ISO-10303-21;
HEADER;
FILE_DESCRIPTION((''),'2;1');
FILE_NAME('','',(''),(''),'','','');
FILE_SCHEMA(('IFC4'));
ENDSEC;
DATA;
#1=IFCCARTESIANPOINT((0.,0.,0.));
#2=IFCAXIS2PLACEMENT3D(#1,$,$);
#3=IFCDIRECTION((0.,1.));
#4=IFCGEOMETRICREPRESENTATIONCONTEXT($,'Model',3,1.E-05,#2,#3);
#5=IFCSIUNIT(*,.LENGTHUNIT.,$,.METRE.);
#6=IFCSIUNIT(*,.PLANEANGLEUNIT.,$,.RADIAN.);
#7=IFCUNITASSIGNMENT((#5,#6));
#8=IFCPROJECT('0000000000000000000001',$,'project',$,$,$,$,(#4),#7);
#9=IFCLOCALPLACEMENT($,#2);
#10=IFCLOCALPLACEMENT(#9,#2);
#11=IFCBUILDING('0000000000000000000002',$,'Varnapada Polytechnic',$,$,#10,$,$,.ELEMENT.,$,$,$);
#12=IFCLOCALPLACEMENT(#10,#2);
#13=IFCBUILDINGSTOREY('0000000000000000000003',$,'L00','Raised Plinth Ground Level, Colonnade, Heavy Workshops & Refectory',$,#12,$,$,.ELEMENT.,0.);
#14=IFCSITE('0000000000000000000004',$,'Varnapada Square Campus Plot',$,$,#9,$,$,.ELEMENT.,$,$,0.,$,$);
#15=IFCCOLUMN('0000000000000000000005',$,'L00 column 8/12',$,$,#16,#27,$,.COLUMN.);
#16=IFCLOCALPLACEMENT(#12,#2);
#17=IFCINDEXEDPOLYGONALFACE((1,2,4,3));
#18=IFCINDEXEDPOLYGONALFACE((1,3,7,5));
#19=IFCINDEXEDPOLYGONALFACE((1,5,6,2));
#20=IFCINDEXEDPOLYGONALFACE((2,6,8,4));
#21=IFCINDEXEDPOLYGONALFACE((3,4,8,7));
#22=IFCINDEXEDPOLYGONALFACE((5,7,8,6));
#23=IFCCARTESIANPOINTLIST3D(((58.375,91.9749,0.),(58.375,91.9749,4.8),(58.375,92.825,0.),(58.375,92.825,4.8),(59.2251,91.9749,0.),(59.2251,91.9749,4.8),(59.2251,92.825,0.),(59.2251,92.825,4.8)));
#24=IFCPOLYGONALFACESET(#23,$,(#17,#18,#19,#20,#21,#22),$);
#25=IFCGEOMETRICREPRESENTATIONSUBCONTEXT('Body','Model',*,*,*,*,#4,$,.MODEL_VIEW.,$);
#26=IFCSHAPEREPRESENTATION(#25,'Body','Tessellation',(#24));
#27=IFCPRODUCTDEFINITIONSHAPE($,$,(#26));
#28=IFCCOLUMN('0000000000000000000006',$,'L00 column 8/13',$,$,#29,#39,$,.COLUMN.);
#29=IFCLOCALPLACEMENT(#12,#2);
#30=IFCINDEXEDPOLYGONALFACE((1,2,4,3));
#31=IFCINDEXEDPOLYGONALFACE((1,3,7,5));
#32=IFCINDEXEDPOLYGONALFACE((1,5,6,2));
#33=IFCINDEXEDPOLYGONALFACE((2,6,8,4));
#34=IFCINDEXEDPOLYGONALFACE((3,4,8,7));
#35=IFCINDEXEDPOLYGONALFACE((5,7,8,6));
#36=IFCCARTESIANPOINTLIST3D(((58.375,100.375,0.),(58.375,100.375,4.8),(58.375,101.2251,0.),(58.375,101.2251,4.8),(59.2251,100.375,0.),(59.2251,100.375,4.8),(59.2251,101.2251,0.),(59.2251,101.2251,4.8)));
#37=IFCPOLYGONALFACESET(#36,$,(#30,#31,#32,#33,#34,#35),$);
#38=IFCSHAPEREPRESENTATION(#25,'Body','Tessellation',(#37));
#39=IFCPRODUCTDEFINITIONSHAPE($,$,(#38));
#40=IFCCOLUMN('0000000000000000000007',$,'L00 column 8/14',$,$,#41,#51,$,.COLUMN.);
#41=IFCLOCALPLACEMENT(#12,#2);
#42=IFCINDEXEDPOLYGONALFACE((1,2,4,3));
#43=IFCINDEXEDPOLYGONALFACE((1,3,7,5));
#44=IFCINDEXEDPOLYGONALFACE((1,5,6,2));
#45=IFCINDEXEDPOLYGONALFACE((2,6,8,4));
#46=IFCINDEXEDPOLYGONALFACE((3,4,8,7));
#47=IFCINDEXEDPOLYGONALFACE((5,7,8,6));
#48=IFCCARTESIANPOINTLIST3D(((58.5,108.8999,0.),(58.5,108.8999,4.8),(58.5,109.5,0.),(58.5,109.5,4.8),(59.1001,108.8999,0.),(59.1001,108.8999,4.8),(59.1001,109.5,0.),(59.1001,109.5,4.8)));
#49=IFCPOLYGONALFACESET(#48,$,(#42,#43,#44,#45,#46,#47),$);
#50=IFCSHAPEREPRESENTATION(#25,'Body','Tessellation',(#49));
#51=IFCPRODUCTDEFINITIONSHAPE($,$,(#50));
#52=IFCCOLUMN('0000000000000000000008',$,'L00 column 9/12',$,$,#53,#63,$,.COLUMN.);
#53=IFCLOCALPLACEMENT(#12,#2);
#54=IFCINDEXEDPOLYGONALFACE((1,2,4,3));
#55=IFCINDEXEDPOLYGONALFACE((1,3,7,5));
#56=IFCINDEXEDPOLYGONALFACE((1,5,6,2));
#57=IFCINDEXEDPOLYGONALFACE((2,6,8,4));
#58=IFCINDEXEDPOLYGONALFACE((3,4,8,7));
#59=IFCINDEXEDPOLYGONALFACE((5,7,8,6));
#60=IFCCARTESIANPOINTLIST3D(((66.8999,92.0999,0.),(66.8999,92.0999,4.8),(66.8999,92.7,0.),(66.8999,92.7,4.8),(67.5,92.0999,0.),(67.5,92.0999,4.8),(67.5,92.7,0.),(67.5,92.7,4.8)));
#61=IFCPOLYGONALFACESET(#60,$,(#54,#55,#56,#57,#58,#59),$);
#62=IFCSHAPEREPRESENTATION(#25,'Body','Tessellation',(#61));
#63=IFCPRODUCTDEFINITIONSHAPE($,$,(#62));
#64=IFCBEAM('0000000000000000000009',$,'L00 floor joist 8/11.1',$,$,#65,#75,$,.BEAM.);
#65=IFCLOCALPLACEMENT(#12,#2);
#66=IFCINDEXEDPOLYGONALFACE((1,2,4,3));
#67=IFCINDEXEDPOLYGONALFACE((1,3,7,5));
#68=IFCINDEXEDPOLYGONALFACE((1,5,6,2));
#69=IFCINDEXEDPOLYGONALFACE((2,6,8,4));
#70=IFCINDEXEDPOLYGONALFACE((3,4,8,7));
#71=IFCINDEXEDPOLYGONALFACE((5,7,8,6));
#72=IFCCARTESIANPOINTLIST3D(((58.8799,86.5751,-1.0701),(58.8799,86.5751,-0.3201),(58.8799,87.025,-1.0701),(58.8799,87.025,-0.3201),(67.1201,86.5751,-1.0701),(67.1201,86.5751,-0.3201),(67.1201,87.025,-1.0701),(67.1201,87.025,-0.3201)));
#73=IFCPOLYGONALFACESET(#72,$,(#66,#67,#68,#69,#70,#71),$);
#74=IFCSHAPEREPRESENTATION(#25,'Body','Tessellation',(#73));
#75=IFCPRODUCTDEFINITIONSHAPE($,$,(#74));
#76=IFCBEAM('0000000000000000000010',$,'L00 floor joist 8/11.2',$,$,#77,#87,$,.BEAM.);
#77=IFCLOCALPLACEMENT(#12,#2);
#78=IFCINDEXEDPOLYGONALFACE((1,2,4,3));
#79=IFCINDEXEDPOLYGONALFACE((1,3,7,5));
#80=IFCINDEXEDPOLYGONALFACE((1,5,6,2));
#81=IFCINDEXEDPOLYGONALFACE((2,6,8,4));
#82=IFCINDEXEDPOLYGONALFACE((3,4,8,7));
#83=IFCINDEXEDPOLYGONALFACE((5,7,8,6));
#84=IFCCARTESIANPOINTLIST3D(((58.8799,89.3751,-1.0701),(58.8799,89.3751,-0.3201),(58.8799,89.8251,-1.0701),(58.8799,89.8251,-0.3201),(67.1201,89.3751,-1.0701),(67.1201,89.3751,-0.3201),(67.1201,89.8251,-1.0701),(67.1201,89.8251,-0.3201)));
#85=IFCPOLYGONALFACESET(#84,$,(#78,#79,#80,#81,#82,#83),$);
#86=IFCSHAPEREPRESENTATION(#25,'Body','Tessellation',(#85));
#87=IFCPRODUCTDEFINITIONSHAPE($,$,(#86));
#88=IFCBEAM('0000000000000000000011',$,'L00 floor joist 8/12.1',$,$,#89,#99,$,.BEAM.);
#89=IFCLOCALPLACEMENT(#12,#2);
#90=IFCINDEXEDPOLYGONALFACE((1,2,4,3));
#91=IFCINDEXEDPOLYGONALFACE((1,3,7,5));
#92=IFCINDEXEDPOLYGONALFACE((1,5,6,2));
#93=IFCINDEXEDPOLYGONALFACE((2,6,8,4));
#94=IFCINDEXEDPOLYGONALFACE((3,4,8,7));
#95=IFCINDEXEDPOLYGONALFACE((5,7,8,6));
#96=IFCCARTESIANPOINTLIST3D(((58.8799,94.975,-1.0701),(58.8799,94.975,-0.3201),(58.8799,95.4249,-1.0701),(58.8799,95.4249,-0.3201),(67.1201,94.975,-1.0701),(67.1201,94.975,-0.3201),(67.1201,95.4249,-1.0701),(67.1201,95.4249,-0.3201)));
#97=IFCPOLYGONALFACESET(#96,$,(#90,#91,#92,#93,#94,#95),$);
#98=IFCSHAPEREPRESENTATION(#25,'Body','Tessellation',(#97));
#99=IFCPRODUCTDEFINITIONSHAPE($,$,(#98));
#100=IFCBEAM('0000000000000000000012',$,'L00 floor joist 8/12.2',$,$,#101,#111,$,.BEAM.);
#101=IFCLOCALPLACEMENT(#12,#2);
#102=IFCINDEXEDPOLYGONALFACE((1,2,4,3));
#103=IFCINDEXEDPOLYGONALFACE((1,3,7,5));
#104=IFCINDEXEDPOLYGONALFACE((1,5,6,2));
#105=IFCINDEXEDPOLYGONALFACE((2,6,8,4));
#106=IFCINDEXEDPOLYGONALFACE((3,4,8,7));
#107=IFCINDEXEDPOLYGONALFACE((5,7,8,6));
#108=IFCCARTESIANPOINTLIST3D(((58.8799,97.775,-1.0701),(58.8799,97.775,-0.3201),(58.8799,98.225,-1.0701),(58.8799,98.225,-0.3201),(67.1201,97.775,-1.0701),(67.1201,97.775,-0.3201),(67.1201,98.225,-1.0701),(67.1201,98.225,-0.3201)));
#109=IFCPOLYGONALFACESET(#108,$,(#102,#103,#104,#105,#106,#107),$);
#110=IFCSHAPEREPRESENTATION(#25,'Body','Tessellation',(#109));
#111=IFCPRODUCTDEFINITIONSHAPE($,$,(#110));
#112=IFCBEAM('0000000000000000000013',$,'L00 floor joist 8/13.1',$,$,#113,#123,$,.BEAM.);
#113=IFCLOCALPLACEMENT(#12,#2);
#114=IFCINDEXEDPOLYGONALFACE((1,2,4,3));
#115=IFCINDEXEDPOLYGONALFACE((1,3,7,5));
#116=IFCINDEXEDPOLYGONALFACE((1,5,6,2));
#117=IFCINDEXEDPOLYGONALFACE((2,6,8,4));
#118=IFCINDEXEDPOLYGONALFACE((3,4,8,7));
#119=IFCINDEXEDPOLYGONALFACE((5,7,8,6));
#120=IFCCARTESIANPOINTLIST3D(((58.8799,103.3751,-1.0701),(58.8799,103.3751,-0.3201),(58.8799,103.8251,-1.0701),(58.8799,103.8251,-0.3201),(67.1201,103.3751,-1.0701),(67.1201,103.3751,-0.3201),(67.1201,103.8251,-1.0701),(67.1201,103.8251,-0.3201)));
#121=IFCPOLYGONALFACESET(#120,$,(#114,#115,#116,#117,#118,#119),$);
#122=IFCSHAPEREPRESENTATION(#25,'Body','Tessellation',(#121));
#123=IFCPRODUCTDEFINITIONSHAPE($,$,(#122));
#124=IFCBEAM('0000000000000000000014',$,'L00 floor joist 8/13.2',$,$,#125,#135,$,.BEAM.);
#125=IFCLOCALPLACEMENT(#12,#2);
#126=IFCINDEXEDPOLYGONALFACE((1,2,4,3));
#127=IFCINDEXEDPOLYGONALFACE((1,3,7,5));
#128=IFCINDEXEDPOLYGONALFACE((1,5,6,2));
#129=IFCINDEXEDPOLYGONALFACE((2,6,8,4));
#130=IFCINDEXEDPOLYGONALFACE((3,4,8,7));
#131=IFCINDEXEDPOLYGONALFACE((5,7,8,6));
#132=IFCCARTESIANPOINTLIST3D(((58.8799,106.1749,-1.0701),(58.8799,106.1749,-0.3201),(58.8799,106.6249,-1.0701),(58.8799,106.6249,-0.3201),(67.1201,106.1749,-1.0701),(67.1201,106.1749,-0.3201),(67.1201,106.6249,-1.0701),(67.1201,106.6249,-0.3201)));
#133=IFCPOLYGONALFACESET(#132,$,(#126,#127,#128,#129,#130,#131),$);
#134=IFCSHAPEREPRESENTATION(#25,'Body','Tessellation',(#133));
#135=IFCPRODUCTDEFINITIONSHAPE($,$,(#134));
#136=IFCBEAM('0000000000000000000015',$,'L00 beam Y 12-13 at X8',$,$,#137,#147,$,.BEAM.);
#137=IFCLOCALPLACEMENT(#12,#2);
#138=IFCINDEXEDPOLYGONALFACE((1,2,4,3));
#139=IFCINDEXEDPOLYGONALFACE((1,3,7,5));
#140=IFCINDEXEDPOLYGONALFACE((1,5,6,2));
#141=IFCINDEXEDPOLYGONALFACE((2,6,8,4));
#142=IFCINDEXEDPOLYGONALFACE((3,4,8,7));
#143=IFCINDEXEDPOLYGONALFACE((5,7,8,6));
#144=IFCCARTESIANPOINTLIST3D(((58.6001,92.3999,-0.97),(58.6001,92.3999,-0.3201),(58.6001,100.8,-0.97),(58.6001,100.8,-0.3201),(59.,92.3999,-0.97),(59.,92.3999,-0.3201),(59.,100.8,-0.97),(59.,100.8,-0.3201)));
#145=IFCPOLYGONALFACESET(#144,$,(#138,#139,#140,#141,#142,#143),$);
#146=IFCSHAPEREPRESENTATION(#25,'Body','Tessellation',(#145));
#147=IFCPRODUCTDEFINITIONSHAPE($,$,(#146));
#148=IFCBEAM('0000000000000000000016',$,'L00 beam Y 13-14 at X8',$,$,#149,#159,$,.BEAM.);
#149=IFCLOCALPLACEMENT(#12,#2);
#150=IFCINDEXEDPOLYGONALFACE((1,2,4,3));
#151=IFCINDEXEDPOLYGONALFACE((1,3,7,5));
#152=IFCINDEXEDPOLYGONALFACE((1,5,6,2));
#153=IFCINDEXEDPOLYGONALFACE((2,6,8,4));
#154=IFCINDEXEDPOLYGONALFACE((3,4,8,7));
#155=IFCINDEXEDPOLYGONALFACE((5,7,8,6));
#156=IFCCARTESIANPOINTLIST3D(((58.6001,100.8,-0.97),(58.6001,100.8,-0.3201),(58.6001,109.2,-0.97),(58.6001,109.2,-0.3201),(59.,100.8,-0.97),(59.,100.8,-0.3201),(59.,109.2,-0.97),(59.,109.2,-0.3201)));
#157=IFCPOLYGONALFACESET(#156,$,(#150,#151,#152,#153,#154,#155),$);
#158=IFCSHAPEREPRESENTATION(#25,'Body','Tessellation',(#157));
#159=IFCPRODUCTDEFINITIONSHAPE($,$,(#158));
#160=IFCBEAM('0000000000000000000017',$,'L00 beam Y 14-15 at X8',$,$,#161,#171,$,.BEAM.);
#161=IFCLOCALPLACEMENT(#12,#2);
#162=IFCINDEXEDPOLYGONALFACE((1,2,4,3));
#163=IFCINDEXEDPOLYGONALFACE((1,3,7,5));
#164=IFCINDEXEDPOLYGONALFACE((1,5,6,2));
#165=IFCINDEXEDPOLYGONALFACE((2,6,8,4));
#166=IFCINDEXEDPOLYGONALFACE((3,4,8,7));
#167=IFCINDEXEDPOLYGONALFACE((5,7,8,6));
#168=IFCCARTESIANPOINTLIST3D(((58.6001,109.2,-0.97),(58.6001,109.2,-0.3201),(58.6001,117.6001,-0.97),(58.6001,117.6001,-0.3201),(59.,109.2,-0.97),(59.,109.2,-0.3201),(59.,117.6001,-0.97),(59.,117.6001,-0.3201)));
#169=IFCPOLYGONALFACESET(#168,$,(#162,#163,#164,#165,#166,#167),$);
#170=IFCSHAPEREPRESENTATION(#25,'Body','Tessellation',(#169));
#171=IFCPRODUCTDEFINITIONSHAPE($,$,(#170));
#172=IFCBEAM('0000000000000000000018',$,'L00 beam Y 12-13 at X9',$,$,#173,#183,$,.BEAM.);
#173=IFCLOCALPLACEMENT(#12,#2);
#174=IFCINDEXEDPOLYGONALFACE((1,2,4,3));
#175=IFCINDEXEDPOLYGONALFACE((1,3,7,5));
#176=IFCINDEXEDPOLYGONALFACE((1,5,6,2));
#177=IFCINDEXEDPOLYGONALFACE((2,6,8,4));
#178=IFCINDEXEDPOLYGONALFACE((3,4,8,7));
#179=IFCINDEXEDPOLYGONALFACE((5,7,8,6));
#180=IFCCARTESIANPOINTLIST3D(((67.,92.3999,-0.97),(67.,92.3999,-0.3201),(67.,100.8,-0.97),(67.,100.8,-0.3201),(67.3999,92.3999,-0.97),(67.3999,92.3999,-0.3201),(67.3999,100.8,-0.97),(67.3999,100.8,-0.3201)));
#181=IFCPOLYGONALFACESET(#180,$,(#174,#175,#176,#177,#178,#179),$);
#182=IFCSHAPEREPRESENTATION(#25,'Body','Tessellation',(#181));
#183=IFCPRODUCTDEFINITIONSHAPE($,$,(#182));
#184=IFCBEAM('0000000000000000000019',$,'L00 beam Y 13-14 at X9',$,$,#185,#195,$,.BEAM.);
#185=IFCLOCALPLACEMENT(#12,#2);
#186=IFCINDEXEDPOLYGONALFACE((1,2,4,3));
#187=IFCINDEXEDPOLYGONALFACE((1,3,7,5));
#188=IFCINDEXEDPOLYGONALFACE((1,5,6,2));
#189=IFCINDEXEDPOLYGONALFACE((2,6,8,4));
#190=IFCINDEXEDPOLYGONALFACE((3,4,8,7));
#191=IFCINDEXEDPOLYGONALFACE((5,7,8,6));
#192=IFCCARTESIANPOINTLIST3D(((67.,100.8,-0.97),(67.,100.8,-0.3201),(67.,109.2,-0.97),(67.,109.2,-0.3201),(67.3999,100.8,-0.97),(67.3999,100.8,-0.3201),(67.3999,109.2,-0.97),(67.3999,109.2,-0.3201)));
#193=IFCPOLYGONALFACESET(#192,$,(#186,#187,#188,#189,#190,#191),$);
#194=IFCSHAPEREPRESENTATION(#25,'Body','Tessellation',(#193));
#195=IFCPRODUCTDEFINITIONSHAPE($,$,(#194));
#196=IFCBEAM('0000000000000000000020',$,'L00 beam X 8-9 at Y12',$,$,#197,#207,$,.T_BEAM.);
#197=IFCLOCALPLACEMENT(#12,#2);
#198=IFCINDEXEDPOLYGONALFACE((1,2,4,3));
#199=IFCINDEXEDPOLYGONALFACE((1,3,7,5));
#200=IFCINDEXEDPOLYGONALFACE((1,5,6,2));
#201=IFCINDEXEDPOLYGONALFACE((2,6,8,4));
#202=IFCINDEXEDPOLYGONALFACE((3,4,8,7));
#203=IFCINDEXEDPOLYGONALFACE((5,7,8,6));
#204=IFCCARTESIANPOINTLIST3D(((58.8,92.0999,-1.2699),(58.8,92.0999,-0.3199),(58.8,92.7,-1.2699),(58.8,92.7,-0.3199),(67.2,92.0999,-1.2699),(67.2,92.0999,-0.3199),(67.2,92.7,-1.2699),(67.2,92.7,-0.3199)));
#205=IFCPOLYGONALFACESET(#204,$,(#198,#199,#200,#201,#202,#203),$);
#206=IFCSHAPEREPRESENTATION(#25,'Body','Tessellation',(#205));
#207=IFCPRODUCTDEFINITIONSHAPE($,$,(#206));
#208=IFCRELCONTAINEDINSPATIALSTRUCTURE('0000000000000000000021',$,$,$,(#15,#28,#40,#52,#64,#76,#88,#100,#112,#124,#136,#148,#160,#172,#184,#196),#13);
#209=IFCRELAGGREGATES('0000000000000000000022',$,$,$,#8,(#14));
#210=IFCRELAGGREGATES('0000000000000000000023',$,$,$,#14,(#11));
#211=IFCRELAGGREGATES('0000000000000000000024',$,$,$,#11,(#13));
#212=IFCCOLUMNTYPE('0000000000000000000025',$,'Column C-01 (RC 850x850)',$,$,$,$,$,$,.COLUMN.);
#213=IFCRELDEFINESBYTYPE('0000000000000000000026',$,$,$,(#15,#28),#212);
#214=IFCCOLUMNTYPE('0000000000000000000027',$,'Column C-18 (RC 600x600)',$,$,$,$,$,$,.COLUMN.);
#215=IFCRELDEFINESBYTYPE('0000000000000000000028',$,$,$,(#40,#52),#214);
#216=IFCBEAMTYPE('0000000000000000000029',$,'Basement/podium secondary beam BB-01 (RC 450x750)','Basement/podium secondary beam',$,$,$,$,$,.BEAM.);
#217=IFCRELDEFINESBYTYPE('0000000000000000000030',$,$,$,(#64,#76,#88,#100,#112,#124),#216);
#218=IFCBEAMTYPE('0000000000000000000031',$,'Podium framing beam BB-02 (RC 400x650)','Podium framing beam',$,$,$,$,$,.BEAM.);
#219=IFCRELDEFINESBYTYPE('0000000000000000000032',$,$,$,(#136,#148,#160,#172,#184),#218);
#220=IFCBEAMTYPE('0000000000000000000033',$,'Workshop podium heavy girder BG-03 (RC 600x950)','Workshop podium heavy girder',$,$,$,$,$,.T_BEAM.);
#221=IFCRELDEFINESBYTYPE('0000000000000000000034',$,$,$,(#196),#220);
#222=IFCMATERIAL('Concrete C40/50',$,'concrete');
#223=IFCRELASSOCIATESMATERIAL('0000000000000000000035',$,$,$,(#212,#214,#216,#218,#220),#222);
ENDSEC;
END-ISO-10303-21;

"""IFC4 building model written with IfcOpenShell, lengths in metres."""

from ifc_helpers import new_model, si_unit, direction, frame, origin, origin_2d, place, context, subcontext, project, spatial, rectangle, extrude, material, material_profile, profile_set, type_object, element, save


model = new_model("IFC4")

# Units and contexts
model_context = context("Model", 3, precision=1e-05, world=origin(), true_north=direction((0.0, 1.0)))
body_context = subcontext(model_context, "Body", "Model", "MODEL_VIEW")
ifc_project = project(units=[si_unit("LENGTHUNIT", "METRE"), si_unit("PLANEANGLEUNIT", "RADIAN")], contexts=[model_context])

# Site, building, storey
site_placement = place(None, origin())
site = spatial("IfcSite", under=ifc_project, at=site_placement, Name="Varnapada Square Campus Plot", CompositionType="ELEMENT", RefElevation=0.0)
building_placement = place(site_placement, origin())
building = spatial("IfcBuilding", under=site, at=building_placement, Name="Varnapada Polytechnic", CompositionType="ELEMENT")
storey_placement = place(building_placement, origin())
storey = spatial("IfcBuildingStorey", under=building, at=storey_placement, Name="L00", Description="Raised Plinth Ground Level, Colonnade, Heavy Workshops & Refectory", CompositionType="ELEMENT", Elevation=0.0)

# Columns
ifc_material_1 = material(Name="Concrete C40/50", Category="concrete")
ifc_material_profile_1 = material_profile(ifc_material_1, rectangle(XDim=0.8501, YDim=0.8501, at=origin_2d()), Name="RC 850x850")
ifc_profile_set_1 = profile_set([ifc_material_profile_1], Name="Concrete C40/50")
column_type_1 = type_object("IfcColumnType", Name="Column C-01 (RC 850x850)", PredefinedType="COLUMN", material=ifc_profile_set_1)
for number, where, z_axis, x_axis, name in (
    (1, (58.8, 92.3999, 0.0), (0.0, 0.0, 1.0), (1.0, 0.0, 0.0), "L00 column 8/12"),
    (2, (58.8, 100.8, 0.0), (0.0, 0.0, 1.0), (1.0, 0.0, 0.0), "L00 column 8/13"),
):
    element("IfcColumn", number, at=place(storey_placement, frame(where, z_axis=z_axis, x_axis=x_axis)), inside=storey, type_object=column_type_1, Name=name, PredefinedType="COLUMN", context=body_context, shape_type="SweptSolid", body=[
        extrude(rectangle(XDim=0.8501, YDim=0.8501, at=origin_2d()), origin(), (0.0, 0.0, 1.0), 4.8),
    ])
ifc_material_profile_2 = material_profile(ifc_material_1, rectangle(XDim=0.6001, YDim=0.6001, at=origin_2d()), Name="RC 600x600")
ifc_profile_set_2 = profile_set([ifc_material_profile_2], Name="Concrete C40/50")
column_type_2 = type_object("IfcColumnType", Name="Column C-18 (RC 600x600)", PredefinedType="COLUMN", material=ifc_profile_set_2)
for number, where, z_axis, x_axis, name in (
    (3, (58.8, 109.2, 0.0), (0.0, 0.0, 1.0), (1.0, 0.0, 0.0), "L00 column 8/14"),
    (4, (67.2, 92.3999, 0.0), (0.0, 0.0, 1.0), (1.0, 0.0, 0.0), "L00 column 9/12"),
):
    element("IfcColumn", number, at=place(storey_placement, frame(where, z_axis=z_axis, x_axis=x_axis)), inside=storey, type_object=column_type_2, Name=name, PredefinedType="COLUMN", context=body_context, shape_type="SweptSolid", body=[
        extrude(rectangle(XDim=0.6001, YDim=0.6001, at=origin_2d()), origin(), (0.0, 0.0, 1.0), 4.8),
    ])

# Beams
ifc_material_profile_3 = material_profile(ifc_material_1, rectangle(XDim=0.45, YDim=0.75, at=origin_2d()), Name="RC 450x750")
ifc_profile_set_3 = profile_set([ifc_material_profile_3], Name="Concrete C40/50")
beam_type_1 = type_object("IfcBeamType", Name="Basement/podium secondary beam BB-01 (RC 450x750)", Description="Basement/podium secondary beam", PredefinedType="BEAM", material=ifc_profile_set_3)
for number, where, z_axis, x_axis, name in (
    (5, (58.8799, 86.8, -0.6951), (1.0, 0.0, 0.0), (0.0, 1.0, 0.0), "L00 floor joist 8/11.1"),
    (6, (58.8799, 89.6001, -0.6951), (1.0, 0.0, 0.0), (0.0, 1.0, 0.0), "L00 floor joist 8/11.2"),
    (7, (58.8799, 95.2, -0.6951), (1.0, 0.0, 0.0), (0.0, 1.0, 0.0), "L00 floor joist 8/12.1"),
    (8, (58.8799, 98.0, -0.6951), (1.0, 0.0, 0.0), (0.0, 1.0, 0.0), "L00 floor joist 8/12.2"),
    (9, (58.8799, 103.6001, -0.6951), (1.0, 0.0, 0.0), (0.0, 1.0, 0.0), "L00 floor joist 8/13.1"),
    (10, (58.8799, 106.3999, -0.6951), (1.0, 0.0, 0.0), (0.0, 1.0, 0.0), "L00 floor joist 8/13.2"),
):
    element("IfcBeam", number, at=place(storey_placement, frame(where, z_axis=z_axis, x_axis=x_axis)), inside=storey, type_object=beam_type_1, Name=name, PredefinedType="BEAM", context=body_context, shape_type="SweptSolid", body=[
        extrude(rectangle(XDim=0.45, YDim=0.75, at=origin_2d()), origin(), (0.0, 0.0, 1.0), 8.2402),
    ])
ifc_material_profile_4 = material_profile(ifc_material_1, rectangle(XDim=0.3999, YDim=0.6499, at=origin_2d()), Name="RC 400x650")
ifc_profile_set_4 = profile_set([ifc_material_profile_4], Name="Concrete C40/50")
beam_type_2 = type_object("IfcBeamType", Name="Podium framing beam BB-02 (RC 400x650)", Description="Podium framing beam", PredefinedType="BEAM", material=ifc_profile_set_4)
beam_1_placement = place(storey_placement, frame((58.8, 92.3999, -0.645), z_axis=(0.0, 1.0, 0.0), x_axis=(-1.0, 0.0, 0.0)))
element("IfcBeam", 11, at=beam_1_placement, inside=storey, type_object=beam_type_2, Name="L00 beam Y 12-13 at X8", PredefinedType="BEAM", context=body_context, shape_type="SweptSolid", body=[
    extrude(rectangle(XDim=0.3999, YDim=0.6499, at=origin_2d()), origin(), (0.0, 0.0, 1.0), 8.4001),
])
beam_2_placement = place(storey_placement, frame((58.8, 100.8, -0.645), z_axis=(0.0, 1.0, 0.0), x_axis=(-1.0, 0.0, 0.0)))
element("IfcBeam", 12, at=beam_2_placement, inside=storey, type_object=beam_type_2, Name="L00 beam Y 13-14 at X8", PredefinedType="BEAM", context=body_context, shape_type="SweptSolid", body=[
    extrude(rectangle(XDim=0.3999, YDim=0.6499, at=origin_2d()), origin(), (0.0, 0.0, 1.0), 8.3999),
])
for number, where, z_axis, x_axis, name in (
    (13, (58.8, 109.2, -0.645), (0.0, 1.0, 0.0), (-1.0, 0.0, 0.0), "L00 beam Y 14-15 at X8"),
    (14, (67.2, 92.3999, -0.645), (0.0, 1.0, 0.0), (-1.0, 0.0, 0.0), "L00 beam Y 12-13 at X9"),
):
    element("IfcBeam", number, at=place(storey_placement, frame(where, z_axis=z_axis, x_axis=x_axis)), inside=storey, type_object=beam_type_2, Name=name, PredefinedType="BEAM", context=body_context, shape_type="SweptSolid", body=[
        extrude(rectangle(XDim=0.3999, YDim=0.6499, at=origin_2d()), origin(), (0.0, 0.0, 1.0), 8.4001),
    ])
beam_3_placement = place(storey_placement, frame((67.2, 100.8, -0.645), z_axis=(0.0, 1.0, 0.0), x_axis=(-1.0, 0.0, 0.0)))
element("IfcBeam", 15, at=beam_3_placement, inside=storey, type_object=beam_type_2, Name="L00 beam Y 13-14 at X9", PredefinedType="BEAM", context=body_context, shape_type="SweptSolid", body=[
    extrude(rectangle(XDim=0.3999, YDim=0.6499, at=origin_2d()), origin(), (0.0, 0.0, 1.0), 8.3999),
])
ifc_material_profile_5 = material_profile(ifc_material_1, rectangle(XDim=0.6001, YDim=0.95, at=origin_2d()), Name="RC 600x950")
ifc_profile_set_5 = profile_set([ifc_material_profile_5], Name="Concrete C40/50")
beam_type_3 = type_object("IfcBeamType", Name="Workshop podium heavy girder BG-03 (RC 600x950)", Description="Workshop podium heavy girder", PredefinedType="T_BEAM", material=ifc_profile_set_5)
for number, where, z_axis, x_axis, name in (
    (16, (58.8, 92.3999, -0.7949), (1.0, 0.0, 0.0), (0.0, 1.0, 0.0), "L00 beam X 8-9 at Y12"),
):
    element("IfcBeam", number, at=place(storey_placement, frame(where, z_axis=z_axis, x_axis=x_axis)), inside=storey, type_object=beam_type_3, Name=name, PredefinedType="T_BEAM", context=body_context, shape_type="SweptSolid", body=[
        extrude(rectangle(XDim=0.6001, YDim=0.95, at=origin_2d()), origin(), (0.0, 0.0, 1.0), 8.3999),
    ])

save(model, "model.ifc")
